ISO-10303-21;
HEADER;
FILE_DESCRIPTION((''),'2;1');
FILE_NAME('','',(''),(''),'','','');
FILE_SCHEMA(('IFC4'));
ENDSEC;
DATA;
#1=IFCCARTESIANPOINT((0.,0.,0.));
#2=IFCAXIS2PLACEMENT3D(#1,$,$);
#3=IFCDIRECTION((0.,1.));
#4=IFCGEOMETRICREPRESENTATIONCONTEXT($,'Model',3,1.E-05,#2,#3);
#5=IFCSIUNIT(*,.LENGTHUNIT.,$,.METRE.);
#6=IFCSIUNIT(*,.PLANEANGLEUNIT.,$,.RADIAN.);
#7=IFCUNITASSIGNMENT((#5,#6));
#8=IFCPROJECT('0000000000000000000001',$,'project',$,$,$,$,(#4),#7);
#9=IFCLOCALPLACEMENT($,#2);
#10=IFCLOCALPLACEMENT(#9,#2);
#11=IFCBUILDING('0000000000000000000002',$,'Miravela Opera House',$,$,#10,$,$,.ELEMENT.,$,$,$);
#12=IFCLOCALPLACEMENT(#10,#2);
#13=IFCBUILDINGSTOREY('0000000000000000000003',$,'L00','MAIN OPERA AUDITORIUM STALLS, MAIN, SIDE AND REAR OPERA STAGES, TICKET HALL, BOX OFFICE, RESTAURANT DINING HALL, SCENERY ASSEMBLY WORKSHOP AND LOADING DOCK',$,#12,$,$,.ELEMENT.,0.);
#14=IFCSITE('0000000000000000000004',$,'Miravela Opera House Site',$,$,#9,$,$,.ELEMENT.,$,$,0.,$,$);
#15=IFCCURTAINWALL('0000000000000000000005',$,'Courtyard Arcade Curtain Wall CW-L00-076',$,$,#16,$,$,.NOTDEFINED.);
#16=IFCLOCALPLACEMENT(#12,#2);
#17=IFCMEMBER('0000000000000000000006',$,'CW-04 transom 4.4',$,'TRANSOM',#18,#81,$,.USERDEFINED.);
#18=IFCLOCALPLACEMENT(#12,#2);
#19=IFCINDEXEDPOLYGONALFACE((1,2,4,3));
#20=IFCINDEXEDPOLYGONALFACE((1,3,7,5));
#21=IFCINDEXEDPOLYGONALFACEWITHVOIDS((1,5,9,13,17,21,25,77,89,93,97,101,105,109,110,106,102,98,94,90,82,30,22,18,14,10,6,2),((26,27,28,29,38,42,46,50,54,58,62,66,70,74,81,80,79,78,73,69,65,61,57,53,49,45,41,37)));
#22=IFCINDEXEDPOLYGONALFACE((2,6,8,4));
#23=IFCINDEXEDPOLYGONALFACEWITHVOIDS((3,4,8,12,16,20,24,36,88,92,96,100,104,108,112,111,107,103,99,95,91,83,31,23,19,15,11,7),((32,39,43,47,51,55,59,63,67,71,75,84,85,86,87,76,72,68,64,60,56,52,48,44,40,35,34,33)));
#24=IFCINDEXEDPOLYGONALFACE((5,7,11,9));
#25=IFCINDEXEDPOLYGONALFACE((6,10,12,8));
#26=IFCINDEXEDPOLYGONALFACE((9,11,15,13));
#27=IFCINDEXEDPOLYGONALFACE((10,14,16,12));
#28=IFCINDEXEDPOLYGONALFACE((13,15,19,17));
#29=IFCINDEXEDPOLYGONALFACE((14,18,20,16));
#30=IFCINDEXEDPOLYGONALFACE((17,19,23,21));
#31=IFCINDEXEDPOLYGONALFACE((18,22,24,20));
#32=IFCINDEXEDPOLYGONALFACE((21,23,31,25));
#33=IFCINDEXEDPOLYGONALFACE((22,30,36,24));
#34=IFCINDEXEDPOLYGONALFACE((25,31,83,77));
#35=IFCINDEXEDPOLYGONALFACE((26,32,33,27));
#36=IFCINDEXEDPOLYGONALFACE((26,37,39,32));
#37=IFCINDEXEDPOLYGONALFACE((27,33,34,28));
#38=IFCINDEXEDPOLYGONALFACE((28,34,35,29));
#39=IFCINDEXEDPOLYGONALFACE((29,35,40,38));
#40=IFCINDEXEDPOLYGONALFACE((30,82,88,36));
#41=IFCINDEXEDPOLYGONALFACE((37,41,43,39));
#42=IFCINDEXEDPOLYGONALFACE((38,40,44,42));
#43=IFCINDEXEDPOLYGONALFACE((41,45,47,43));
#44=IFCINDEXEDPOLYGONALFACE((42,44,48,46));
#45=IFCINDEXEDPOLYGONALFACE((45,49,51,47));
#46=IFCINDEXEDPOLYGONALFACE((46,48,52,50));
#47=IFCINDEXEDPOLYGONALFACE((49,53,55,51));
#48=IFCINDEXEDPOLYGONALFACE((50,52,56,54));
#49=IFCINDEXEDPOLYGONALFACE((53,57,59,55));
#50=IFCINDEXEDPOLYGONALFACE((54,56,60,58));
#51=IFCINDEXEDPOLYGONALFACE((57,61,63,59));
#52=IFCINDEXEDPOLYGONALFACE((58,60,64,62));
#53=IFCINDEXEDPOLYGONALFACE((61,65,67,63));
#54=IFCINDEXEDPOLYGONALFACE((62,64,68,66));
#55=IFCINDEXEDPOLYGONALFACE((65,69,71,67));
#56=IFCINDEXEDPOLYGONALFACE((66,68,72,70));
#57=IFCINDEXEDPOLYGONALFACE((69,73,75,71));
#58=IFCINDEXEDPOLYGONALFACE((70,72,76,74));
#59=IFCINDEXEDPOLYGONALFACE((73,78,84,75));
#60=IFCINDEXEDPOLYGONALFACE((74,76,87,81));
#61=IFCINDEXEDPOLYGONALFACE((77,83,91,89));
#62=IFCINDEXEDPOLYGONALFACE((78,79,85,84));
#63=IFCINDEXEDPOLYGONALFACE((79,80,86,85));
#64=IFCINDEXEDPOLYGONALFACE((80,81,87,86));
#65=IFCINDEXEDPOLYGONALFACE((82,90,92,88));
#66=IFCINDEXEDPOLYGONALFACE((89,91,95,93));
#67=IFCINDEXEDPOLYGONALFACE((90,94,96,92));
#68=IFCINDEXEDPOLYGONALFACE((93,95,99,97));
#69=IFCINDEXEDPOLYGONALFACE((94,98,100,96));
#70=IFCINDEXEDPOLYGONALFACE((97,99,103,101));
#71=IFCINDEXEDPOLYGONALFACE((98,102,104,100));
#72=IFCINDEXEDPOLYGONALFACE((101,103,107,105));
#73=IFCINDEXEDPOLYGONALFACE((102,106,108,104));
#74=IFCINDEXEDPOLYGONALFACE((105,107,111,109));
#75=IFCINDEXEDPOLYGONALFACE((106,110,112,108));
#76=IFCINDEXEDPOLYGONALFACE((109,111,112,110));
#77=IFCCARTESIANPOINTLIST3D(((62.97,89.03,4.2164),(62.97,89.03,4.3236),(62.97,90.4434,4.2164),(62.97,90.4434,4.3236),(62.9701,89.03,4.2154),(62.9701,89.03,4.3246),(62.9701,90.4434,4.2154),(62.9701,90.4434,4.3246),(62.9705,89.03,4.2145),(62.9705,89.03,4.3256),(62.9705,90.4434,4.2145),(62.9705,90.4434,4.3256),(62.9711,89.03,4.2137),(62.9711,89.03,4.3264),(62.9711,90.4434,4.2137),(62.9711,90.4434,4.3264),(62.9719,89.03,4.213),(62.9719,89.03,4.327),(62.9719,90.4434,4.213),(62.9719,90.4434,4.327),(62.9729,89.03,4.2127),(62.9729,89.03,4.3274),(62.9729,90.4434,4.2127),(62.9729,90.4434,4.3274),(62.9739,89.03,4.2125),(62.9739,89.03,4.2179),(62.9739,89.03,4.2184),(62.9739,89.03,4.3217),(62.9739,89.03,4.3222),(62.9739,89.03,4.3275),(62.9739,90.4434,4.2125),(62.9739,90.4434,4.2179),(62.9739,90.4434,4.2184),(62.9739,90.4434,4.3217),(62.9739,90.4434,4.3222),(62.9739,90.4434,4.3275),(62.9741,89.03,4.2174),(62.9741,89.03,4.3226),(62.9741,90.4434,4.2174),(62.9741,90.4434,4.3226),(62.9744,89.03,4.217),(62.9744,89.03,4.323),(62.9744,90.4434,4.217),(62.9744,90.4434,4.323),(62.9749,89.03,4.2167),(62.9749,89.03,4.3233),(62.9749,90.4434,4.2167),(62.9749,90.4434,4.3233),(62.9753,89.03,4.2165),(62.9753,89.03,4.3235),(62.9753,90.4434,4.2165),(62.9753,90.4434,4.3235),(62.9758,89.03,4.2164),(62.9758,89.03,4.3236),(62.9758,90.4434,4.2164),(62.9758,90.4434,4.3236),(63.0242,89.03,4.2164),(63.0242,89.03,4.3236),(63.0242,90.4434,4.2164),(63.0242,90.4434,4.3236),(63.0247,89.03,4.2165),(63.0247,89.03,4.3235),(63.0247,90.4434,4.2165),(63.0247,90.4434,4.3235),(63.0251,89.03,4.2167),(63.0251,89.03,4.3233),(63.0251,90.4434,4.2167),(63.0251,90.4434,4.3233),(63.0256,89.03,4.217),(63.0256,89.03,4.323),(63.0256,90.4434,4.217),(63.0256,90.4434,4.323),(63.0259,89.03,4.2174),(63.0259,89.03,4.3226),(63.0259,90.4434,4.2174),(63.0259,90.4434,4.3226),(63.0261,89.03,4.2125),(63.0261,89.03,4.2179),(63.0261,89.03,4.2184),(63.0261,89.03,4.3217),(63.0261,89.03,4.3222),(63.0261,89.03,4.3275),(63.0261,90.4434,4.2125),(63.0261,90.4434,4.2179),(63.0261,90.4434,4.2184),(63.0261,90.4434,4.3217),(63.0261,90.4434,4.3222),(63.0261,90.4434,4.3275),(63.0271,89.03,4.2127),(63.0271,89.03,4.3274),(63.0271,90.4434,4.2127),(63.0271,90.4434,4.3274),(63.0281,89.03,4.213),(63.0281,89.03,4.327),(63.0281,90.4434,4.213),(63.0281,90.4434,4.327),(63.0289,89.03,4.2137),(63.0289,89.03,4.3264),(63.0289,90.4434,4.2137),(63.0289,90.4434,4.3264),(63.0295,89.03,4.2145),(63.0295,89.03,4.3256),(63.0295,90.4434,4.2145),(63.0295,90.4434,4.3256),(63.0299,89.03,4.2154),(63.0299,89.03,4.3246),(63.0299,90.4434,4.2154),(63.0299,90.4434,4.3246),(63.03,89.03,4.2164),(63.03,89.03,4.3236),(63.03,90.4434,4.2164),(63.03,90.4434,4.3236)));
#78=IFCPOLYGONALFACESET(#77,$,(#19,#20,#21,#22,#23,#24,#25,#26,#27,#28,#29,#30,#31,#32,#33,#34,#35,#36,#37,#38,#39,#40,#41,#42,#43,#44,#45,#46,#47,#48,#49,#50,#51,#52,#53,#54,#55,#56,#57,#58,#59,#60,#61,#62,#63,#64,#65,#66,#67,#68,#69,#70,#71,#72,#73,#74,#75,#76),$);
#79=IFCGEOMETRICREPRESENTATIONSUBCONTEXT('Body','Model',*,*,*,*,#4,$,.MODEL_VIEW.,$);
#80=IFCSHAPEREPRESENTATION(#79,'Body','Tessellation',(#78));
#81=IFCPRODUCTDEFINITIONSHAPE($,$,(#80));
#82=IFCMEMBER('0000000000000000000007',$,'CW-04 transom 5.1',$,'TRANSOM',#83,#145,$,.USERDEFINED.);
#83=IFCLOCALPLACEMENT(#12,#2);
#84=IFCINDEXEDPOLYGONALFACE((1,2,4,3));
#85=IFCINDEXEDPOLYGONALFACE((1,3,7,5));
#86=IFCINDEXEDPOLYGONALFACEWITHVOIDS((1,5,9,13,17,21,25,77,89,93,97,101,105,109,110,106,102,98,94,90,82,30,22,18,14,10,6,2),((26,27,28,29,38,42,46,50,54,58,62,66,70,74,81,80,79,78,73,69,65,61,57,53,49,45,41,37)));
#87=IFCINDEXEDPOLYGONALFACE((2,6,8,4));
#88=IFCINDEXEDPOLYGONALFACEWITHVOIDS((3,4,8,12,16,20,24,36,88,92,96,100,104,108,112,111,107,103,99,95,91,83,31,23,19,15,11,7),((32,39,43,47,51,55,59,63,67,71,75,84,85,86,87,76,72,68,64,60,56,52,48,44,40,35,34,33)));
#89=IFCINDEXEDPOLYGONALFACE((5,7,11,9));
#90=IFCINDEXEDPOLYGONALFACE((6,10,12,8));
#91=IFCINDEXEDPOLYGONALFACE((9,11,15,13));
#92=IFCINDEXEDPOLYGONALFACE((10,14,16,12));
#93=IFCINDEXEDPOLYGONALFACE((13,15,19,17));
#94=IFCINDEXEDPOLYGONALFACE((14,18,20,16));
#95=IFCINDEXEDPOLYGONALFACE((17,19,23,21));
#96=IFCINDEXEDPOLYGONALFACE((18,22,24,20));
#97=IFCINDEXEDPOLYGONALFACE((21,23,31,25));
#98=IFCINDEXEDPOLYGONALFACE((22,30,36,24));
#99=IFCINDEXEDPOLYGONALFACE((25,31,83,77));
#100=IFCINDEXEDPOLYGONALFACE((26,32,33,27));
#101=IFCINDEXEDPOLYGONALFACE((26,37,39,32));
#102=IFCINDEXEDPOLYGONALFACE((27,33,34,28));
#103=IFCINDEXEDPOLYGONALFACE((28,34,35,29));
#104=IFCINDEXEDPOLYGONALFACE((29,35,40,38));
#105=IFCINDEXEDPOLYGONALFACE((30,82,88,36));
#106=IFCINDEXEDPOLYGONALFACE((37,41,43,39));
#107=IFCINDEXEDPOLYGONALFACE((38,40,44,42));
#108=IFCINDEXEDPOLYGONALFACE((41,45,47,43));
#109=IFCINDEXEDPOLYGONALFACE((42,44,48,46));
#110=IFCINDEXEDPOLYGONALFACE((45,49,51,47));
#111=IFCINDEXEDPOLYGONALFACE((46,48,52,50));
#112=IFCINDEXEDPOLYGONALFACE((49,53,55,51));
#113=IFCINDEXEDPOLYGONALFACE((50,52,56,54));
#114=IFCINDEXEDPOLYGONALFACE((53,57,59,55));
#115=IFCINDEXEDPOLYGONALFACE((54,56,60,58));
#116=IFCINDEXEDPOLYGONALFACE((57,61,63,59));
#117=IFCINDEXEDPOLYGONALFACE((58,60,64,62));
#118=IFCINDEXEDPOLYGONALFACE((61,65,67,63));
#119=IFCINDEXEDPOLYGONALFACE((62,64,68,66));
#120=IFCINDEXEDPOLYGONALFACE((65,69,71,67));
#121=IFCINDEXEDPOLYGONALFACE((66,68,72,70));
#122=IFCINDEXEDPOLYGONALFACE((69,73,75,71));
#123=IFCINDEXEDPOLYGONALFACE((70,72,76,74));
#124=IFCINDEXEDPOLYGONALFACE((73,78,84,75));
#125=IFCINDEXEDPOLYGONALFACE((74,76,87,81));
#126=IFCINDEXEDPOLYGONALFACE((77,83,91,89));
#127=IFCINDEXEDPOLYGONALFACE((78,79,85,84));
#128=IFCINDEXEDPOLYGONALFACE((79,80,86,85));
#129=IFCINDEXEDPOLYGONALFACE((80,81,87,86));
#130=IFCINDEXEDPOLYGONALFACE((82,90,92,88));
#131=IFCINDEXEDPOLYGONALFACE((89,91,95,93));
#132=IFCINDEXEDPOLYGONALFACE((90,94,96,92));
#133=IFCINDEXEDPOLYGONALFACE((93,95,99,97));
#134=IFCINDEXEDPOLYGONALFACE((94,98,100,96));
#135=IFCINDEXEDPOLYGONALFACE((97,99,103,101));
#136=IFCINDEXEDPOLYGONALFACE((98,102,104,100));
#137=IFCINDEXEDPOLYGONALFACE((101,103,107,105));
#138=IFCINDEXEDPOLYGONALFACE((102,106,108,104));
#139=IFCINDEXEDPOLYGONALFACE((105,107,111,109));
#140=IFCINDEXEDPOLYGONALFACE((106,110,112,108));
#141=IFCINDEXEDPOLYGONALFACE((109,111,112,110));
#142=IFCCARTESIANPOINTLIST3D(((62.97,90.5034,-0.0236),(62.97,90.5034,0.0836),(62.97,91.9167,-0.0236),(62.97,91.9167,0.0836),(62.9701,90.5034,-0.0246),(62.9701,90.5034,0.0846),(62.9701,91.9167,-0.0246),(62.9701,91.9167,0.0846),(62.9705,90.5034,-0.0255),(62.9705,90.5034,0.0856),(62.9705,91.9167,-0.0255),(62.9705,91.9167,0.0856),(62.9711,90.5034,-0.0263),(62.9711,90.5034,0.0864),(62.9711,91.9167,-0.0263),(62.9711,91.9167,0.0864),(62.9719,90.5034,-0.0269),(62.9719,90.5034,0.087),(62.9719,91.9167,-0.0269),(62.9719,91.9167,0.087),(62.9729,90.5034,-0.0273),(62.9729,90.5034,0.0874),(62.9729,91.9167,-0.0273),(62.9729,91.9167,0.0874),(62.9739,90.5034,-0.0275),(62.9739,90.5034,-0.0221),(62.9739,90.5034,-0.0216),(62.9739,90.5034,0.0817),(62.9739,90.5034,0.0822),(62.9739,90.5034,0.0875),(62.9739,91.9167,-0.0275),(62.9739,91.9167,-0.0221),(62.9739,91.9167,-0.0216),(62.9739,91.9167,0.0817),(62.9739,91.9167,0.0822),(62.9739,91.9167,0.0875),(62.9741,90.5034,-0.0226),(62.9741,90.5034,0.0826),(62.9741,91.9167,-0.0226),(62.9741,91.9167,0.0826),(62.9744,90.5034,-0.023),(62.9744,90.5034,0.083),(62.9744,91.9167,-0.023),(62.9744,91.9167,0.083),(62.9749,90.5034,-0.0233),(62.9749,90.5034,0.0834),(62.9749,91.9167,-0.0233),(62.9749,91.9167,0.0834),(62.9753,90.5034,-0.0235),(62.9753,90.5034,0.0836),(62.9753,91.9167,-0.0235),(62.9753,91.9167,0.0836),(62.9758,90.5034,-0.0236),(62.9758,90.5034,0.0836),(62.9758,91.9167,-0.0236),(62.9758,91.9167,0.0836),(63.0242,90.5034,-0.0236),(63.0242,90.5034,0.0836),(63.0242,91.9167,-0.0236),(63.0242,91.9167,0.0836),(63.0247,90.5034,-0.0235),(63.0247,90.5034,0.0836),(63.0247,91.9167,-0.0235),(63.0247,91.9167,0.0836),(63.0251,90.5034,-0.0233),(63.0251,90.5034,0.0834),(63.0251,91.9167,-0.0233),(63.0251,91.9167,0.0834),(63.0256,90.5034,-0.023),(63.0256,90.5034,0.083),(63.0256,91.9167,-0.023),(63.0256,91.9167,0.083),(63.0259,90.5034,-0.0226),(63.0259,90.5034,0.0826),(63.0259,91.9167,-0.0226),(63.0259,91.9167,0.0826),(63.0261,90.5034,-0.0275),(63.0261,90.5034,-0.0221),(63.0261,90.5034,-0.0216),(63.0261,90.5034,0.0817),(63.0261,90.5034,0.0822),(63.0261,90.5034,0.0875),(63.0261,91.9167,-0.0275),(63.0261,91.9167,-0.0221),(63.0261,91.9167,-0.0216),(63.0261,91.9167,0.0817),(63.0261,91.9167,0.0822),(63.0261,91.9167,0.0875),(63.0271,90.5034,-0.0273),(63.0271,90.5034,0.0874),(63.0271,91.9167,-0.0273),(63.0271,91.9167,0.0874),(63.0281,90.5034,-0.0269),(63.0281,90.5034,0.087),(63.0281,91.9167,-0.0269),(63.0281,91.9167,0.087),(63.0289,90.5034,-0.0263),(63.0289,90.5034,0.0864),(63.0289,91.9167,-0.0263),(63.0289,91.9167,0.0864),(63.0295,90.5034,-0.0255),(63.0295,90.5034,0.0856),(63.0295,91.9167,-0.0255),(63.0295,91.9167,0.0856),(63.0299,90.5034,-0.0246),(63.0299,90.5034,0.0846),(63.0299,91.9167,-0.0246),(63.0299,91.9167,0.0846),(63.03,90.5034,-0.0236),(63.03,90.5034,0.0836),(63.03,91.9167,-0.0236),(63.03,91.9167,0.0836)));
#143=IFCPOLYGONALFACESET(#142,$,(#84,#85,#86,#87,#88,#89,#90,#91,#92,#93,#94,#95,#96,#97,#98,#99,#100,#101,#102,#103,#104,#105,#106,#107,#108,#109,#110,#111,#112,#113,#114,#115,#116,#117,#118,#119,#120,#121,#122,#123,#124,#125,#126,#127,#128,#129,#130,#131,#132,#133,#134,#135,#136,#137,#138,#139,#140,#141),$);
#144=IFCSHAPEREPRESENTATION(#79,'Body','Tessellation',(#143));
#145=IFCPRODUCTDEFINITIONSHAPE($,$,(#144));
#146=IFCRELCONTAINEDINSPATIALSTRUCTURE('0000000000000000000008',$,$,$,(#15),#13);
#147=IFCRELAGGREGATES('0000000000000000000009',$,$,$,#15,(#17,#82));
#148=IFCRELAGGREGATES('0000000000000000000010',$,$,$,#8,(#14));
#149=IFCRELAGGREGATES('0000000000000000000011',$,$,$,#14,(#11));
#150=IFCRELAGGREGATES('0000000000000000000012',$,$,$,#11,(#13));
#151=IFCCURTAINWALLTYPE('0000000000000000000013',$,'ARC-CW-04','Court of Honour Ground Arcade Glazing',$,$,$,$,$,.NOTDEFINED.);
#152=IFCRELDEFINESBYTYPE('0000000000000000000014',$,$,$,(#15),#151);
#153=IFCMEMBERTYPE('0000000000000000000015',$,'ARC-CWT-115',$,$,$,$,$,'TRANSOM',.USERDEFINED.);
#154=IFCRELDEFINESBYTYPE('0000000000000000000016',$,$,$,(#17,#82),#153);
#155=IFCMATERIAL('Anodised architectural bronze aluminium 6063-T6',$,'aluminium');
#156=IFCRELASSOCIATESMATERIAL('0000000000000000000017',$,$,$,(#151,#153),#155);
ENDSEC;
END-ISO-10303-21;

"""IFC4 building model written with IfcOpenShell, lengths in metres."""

from ifc_helpers import new_model, si_unit, direction, frame, origin, origin_2d, place, context, subcontext, project, spatial, hollow_rectangle, extrude, material, material_profile, profile_set, type_object, element, aggregate, save


model = new_model("IFC4")

# Units and contexts
model_context = context("Model", 3, precision=1e-05, world=origin(), true_north=direction((0.0, 1.0)))
body_context = subcontext(model_context, "Body", "Model", "MODEL_VIEW")
ifc_project = project(units=[si_unit("LENGTHUNIT", "METRE"), si_unit("PLANEANGLEUNIT", "RADIAN")], contexts=[model_context])

# Site, building, storey
site_placement = place(None, origin())
site = spatial("IfcSite", under=ifc_project, at=site_placement, Name="Miravela Opera House Site", CompositionType="ELEMENT", RefElevation=0.0)
building_placement = place(site_placement, origin())
building = spatial("IfcBuilding", under=site, at=building_placement, Name="Miravela Opera House", CompositionType="ELEMENT")
storey_placement = place(building_placement, origin())
storey = spatial("IfcBuildingStorey", under=building, at=storey_placement, Name="L00", Description="MAIN OPERA AUDITORIUM STALLS, MAIN, SIDE AND REAR OPERA STAGES, TICKET HALL, BOX OFFICE, RESTAURANT DINING HALL, SCENERY ASSEMBLY WORKSHOP AND LOADING DOCK", CompositionType="ELEMENT", Elevation=0.0)

# Curtain wall, members
ifc_material_1 = material(Name="Anodised architectural bronze aluminium 6063-T6", Category="aluminium")
curtain_wall_type = type_object("IfcCurtainWallType", Name="ARC-CW-04", Description="Court of Honour Ground Arcade Glazing", PredefinedType="NOTDEFINED", material=ifc_material_1)
curtain_wall_placement = place(storey_placement, origin())
curtain_wall = element("IfcCurtainWall", 1, at=curtain_wall_placement, inside=storey, type_object=curtain_wall_type, Name="Courtyard Arcade Curtain Wall CW-L00-076", PredefinedType="NOTDEFINED")
ifc_material_profile_1 = material_profile(ifc_material_1, hollow_rectangle(XDim=0.0601, YDim=0.115, WallThickness=0.0039, InnerFilletRadius=0.002, OuterFilletRadius=0.0039, at=origin_2d()), Name="CWT-60X115")
ifc_profile_set_1 = profile_set([ifc_material_profile_1])
member_type_1 = type_object("IfcMemberType", Name="ARC-CWT-115", ElementType="TRANSOM", PredefinedType="USERDEFINED", material=ifc_profile_set_1)
member_1_placement = place(storey_placement, frame((63.0, 89.03, 4.27), z_axis=(0.0, 1.0, 0.0), x_axis=(-1.0, 0.0, 0.0)))
member_1 = element("IfcMember", 2, at=member_1_placement, type_object=member_type_1, Name="CW-04 transom 4.4", ObjectType="TRANSOM", PredefinedType="USERDEFINED", context=body_context, shape_type="SweptSolid", body=[
    extrude(hollow_rectangle(XDim=0.0601, YDim=0.115, WallThickness=0.0039, InnerFilletRadius=0.002, OuterFilletRadius=0.0039, at=origin_2d()), origin(), (0.0, 0.0, 1.0), 1.4133),
])
member_2_placement = place(storey_placement, frame((63.0, 90.5034, 0.03), z_axis=(0.0, 1.0, 0.0), x_axis=(-1.0, 0.0, 0.0)))
member_2 = element("IfcMember", 3, at=member_2_placement, type_object=member_type_1, Name="CW-04 transom 5.1", ObjectType="TRANSOM", PredefinedType="USERDEFINED", context=body_context, shape_type="SweptSolid", body=[
    extrude(hollow_rectangle(XDim=0.0601, YDim=0.115, WallThickness=0.0039, InnerFilletRadius=0.002, OuterFilletRadius=0.0039, at=origin_2d()), origin(), (0.0, 0.0, 1.0), 1.4133),
])

aggregate(curtain_wall, [member_1, member_2])

save(model, "model.ifc")
